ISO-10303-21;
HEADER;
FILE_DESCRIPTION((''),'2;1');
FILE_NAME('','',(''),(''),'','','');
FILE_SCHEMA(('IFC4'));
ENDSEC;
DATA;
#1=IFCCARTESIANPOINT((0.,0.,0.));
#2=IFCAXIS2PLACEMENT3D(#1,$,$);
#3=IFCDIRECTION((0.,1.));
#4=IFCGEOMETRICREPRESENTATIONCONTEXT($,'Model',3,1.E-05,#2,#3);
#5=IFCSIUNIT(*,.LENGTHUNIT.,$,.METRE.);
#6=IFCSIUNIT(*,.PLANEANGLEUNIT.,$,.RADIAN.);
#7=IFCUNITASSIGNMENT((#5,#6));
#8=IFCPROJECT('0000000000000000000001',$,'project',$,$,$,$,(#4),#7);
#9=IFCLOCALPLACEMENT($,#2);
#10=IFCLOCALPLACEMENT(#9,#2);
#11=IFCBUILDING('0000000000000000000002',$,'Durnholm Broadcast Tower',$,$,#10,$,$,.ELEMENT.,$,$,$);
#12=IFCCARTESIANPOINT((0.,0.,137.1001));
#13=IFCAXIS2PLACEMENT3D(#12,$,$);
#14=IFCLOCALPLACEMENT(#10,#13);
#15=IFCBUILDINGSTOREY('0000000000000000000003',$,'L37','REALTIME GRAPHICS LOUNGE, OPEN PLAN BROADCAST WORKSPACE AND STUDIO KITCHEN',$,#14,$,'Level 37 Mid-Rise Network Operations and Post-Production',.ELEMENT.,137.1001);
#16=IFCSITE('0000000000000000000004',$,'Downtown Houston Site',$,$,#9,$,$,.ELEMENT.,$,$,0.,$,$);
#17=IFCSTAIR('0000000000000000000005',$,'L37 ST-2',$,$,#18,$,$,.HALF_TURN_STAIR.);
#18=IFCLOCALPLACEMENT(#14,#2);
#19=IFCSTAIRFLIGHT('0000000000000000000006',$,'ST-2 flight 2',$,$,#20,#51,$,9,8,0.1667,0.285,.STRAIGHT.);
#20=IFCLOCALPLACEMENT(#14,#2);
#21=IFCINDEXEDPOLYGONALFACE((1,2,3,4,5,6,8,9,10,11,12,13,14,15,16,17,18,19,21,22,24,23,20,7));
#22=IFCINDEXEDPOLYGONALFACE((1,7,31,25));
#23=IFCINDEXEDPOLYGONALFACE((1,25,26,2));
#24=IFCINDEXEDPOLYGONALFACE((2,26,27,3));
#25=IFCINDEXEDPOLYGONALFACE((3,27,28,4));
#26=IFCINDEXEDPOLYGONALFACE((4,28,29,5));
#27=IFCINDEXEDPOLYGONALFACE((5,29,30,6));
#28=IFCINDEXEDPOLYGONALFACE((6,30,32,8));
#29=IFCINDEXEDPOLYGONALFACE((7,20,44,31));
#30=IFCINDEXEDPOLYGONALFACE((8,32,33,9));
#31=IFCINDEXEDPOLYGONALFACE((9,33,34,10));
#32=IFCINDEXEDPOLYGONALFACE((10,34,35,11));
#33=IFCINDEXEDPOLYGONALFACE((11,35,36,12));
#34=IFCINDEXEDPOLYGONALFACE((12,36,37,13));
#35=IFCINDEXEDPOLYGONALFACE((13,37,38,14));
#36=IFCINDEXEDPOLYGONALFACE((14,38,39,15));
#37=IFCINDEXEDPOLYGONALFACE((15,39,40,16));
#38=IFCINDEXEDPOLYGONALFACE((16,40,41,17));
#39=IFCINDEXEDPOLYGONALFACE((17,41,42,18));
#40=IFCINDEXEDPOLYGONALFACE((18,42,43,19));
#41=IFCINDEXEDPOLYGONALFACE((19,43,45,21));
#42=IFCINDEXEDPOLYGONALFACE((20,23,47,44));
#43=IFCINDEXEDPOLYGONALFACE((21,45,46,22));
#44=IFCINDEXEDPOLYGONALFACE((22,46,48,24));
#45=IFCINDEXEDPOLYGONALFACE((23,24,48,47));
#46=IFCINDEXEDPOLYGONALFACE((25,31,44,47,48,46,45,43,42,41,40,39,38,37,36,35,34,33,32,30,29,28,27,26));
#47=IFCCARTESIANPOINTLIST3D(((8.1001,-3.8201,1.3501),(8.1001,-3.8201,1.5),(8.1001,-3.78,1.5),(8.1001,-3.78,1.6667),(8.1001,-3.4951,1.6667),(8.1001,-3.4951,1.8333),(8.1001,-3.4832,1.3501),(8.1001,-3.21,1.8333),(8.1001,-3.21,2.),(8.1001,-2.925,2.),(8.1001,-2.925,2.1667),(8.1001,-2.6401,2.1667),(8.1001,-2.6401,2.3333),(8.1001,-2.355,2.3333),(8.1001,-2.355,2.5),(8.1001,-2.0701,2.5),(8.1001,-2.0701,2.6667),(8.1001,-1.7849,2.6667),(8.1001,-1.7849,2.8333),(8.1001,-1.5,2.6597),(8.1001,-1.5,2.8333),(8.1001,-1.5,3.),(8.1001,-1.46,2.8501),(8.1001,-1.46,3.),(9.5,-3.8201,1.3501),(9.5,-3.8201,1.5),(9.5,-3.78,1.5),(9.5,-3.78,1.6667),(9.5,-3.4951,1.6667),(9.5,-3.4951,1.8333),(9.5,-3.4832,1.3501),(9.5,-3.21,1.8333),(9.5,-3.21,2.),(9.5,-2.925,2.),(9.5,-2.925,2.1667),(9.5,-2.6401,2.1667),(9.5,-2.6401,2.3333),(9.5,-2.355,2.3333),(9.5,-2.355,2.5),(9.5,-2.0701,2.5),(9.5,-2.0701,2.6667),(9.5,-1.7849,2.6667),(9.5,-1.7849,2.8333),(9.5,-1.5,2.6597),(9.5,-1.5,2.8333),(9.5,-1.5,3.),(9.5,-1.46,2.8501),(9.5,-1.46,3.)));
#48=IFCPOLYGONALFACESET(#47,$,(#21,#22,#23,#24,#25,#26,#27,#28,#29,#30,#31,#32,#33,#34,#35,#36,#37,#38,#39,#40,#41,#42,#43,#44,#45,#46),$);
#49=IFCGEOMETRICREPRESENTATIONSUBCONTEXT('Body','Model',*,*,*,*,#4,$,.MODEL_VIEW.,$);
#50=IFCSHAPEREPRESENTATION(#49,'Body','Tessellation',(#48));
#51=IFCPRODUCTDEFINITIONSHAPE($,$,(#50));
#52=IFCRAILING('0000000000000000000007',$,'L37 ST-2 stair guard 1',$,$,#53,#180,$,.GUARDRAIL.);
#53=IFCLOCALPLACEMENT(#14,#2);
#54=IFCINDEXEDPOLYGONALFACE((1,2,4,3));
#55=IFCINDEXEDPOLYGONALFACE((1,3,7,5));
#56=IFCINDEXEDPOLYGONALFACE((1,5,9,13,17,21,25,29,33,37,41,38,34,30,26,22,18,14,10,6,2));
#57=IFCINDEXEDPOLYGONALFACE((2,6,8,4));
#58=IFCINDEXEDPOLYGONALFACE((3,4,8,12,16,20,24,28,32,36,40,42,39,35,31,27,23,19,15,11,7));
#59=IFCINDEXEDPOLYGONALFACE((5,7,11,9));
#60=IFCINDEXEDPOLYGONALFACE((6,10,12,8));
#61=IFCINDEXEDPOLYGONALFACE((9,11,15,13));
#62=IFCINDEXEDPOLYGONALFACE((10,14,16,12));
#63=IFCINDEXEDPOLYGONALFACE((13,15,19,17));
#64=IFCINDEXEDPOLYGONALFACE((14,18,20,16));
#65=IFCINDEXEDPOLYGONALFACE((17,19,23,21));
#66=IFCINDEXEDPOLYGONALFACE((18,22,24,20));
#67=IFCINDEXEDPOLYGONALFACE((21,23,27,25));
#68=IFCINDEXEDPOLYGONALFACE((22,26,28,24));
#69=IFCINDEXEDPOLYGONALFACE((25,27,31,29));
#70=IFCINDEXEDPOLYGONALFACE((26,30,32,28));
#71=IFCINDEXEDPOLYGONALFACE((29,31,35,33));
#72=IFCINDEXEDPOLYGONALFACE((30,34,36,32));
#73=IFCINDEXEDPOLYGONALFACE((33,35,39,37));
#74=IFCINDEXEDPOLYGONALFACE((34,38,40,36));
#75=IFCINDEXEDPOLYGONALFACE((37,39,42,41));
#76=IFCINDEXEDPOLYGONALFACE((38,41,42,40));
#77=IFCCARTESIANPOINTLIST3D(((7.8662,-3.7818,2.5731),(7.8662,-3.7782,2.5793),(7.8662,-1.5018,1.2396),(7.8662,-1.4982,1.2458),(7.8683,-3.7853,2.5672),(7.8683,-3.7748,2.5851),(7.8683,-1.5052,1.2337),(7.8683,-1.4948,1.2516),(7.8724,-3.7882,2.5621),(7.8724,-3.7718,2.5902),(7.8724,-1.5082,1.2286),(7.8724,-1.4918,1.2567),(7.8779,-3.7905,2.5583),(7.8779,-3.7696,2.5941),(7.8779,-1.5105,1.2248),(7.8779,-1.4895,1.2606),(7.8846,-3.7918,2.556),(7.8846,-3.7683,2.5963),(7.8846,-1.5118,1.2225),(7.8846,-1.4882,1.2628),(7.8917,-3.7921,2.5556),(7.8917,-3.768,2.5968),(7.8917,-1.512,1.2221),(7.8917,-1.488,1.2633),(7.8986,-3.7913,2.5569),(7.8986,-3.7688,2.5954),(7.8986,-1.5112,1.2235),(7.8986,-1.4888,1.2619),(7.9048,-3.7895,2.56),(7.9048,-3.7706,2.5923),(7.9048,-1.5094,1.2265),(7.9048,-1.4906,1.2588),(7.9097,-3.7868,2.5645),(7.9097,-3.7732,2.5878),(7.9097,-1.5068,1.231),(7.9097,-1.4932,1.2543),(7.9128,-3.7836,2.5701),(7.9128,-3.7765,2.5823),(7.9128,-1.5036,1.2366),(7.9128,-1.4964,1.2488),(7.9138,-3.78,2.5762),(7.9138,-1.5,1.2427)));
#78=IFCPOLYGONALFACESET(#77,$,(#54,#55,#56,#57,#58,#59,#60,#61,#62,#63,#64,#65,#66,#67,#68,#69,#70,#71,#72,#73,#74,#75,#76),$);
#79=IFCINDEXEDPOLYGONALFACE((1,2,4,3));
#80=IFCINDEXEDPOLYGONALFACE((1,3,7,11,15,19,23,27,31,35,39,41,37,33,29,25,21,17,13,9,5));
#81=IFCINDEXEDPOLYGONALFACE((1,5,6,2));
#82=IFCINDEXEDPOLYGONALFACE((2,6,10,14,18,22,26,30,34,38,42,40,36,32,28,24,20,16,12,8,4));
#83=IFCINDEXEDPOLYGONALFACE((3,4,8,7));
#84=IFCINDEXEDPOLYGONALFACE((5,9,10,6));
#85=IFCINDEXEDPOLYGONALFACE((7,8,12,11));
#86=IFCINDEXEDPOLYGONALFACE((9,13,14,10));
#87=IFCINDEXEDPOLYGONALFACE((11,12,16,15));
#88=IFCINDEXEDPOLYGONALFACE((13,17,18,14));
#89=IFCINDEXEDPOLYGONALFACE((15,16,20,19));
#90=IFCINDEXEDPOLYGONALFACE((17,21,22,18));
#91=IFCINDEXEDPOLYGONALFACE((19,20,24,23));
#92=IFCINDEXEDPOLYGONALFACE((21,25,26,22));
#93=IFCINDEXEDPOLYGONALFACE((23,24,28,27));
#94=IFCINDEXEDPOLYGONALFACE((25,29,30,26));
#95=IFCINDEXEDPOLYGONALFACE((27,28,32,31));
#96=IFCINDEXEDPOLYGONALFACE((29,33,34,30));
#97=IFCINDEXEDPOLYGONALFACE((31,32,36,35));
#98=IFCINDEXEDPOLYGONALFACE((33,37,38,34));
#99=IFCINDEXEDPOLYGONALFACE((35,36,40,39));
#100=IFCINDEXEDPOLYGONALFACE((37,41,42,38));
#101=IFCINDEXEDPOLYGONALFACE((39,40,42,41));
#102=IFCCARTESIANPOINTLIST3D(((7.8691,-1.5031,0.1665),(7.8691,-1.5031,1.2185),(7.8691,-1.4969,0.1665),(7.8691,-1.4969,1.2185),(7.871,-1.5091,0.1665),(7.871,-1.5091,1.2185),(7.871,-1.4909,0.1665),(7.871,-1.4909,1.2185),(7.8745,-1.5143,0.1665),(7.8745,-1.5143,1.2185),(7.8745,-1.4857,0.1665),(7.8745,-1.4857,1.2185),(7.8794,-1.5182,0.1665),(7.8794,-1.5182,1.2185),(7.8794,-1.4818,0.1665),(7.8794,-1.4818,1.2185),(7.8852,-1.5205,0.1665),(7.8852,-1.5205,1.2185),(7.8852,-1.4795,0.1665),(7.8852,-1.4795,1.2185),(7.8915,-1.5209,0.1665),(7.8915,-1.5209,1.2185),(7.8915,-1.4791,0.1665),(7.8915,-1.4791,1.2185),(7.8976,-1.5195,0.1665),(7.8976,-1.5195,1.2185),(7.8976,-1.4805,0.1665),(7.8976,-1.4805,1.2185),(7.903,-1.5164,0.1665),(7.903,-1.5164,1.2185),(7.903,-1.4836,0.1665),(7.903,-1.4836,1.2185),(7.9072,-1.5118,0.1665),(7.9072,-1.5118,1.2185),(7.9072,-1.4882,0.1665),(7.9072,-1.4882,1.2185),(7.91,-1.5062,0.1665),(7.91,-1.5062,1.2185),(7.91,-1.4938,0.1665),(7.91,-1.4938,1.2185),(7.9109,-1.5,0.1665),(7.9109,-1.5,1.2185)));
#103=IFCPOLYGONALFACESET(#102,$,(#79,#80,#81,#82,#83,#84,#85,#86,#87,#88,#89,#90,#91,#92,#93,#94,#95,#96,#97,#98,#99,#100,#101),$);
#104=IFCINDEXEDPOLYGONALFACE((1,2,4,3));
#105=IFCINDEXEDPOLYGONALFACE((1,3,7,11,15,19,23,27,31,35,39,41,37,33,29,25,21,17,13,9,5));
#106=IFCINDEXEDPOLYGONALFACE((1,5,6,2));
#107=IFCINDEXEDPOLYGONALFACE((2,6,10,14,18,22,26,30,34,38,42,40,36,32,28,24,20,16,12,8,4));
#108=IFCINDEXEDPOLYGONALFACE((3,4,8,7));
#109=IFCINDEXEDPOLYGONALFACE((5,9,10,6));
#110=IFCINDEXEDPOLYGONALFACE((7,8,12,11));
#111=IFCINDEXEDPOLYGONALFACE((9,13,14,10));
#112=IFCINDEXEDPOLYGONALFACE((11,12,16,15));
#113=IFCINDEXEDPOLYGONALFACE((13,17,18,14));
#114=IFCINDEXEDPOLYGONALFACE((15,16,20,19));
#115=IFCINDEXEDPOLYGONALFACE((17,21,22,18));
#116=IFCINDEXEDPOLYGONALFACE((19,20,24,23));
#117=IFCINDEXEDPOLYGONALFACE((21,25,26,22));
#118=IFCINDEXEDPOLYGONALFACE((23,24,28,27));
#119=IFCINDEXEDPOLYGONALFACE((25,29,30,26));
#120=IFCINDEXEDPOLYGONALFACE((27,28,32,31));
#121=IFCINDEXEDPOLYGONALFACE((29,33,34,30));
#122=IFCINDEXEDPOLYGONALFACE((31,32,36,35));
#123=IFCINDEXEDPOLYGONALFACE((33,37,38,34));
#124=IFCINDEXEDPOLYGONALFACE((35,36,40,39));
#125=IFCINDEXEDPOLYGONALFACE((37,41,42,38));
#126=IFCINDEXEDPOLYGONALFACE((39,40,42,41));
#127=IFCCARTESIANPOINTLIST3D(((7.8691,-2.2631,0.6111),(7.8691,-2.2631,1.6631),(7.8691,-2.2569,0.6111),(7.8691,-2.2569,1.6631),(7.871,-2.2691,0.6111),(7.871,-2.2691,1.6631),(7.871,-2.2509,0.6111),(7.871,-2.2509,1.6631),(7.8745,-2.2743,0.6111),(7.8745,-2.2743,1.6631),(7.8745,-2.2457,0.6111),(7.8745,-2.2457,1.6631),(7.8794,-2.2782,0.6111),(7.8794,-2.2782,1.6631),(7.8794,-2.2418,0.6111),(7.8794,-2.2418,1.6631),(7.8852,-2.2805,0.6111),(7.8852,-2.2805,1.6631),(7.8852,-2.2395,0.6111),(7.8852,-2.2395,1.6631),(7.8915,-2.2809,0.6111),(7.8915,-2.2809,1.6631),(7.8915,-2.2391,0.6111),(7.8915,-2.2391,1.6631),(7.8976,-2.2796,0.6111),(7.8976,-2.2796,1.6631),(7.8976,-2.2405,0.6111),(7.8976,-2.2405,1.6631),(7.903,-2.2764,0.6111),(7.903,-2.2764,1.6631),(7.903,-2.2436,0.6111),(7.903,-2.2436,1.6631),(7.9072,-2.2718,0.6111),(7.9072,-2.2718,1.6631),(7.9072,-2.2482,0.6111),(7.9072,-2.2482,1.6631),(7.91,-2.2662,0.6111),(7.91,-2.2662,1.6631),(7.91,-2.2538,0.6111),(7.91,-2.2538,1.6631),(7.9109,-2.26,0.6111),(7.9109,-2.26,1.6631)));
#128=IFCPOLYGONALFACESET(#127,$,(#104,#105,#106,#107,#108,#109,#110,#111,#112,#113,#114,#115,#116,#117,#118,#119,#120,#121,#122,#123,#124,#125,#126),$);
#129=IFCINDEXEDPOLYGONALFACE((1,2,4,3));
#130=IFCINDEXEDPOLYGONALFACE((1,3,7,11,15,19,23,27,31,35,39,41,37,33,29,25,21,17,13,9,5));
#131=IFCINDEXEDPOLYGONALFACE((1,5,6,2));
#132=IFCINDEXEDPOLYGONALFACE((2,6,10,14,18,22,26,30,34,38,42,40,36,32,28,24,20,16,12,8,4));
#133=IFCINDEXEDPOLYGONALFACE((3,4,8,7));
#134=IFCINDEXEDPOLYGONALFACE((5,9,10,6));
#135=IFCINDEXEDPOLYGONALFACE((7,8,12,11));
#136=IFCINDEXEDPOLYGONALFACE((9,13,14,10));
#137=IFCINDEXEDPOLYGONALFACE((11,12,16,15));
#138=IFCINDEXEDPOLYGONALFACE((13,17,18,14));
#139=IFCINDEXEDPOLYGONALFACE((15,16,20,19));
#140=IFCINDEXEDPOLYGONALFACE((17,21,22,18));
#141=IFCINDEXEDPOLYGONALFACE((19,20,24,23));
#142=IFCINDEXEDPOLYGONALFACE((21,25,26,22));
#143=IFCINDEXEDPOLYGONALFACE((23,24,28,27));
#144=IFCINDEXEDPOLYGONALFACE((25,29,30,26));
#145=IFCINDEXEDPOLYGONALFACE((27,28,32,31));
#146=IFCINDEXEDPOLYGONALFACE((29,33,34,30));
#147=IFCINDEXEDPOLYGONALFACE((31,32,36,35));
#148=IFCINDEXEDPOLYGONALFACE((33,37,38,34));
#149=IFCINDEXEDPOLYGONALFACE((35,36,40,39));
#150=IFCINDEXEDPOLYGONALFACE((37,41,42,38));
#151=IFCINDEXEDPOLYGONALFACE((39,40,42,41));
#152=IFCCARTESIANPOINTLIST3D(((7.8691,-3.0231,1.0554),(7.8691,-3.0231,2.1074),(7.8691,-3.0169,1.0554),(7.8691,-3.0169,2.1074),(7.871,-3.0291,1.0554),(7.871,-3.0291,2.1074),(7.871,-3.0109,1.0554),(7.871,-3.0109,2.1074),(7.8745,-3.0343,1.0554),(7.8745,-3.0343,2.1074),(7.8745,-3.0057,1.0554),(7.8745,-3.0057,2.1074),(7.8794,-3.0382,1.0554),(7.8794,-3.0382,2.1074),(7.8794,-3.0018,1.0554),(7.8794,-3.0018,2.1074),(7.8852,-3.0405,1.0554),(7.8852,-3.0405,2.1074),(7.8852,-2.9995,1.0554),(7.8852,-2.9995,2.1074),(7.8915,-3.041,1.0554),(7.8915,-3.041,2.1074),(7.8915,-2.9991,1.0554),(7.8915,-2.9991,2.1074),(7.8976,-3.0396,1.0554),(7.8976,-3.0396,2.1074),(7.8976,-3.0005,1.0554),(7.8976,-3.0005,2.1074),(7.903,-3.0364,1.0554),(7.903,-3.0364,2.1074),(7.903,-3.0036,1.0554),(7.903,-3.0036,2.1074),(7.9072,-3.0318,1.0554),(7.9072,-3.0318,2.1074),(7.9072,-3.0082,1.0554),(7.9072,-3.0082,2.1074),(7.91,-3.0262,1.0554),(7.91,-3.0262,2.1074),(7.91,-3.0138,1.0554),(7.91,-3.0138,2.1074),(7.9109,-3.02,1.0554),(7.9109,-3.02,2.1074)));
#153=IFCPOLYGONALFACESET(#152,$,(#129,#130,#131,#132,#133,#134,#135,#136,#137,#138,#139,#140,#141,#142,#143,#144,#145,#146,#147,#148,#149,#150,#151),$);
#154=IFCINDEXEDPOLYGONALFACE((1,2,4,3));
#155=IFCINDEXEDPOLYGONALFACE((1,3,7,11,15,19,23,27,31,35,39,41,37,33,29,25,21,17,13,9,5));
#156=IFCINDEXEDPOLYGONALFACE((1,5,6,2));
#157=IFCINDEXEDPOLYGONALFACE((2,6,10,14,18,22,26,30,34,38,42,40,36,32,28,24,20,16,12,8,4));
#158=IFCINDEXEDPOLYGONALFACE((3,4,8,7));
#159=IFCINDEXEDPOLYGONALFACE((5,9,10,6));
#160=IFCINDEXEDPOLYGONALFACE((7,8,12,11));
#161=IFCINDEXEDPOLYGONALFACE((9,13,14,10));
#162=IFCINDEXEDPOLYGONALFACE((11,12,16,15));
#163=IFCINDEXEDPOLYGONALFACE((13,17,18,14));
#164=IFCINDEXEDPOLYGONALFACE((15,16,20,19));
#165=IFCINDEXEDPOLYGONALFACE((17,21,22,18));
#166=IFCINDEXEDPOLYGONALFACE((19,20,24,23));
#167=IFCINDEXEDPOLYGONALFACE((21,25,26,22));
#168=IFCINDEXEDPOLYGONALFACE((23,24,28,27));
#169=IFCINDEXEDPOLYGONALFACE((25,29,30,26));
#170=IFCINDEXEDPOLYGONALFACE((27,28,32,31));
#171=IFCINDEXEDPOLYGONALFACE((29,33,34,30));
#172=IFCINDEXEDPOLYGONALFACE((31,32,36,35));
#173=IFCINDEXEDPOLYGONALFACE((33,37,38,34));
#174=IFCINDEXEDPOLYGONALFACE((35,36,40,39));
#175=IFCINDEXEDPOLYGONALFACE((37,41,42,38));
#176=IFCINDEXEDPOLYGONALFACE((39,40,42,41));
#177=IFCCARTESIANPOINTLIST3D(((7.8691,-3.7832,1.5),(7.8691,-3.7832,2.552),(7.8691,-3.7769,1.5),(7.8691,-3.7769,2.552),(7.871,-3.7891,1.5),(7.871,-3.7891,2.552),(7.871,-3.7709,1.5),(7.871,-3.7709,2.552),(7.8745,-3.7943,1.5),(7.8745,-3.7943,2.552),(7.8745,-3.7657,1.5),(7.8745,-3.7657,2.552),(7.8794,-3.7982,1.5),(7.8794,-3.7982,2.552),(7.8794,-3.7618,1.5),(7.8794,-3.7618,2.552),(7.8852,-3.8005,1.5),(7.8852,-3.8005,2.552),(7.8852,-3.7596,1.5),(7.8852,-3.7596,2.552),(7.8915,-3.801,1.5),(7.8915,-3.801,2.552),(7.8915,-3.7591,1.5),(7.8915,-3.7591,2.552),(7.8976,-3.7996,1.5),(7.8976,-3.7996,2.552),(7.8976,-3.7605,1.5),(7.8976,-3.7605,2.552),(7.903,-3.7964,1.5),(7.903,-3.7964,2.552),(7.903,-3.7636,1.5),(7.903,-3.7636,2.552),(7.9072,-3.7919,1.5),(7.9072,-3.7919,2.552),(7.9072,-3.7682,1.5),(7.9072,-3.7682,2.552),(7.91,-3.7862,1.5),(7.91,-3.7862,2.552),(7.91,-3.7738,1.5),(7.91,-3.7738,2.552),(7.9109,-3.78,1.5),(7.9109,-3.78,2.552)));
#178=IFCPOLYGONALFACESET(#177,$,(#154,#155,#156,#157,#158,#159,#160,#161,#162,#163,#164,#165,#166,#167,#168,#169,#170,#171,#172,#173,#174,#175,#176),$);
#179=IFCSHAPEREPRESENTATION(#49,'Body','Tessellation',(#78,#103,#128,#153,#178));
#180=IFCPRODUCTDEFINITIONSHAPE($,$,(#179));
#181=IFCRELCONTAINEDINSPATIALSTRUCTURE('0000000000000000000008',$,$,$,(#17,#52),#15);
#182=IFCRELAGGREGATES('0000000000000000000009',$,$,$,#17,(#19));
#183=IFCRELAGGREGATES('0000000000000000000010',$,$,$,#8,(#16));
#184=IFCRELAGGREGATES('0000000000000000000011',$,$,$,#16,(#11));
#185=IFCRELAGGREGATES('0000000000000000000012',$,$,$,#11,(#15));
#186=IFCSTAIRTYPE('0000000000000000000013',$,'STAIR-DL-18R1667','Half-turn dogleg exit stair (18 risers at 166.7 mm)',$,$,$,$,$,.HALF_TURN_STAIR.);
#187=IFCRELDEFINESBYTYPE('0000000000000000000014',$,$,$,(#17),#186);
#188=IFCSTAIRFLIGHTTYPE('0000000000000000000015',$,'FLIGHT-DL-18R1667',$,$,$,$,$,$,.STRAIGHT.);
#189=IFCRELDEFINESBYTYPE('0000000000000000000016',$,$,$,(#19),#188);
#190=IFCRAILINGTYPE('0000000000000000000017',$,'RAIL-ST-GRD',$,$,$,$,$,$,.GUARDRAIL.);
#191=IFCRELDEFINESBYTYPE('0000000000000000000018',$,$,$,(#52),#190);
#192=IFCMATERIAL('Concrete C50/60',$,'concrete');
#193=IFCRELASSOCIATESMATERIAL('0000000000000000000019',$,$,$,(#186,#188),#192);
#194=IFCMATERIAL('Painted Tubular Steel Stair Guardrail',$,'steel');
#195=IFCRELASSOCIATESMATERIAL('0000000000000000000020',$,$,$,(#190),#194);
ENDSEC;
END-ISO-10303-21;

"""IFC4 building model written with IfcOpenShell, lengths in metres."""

from ifc_helpers import new_model, si_unit, direction, frame, origin, origin_2d, place, context, subcontext, project, spatial, polyline, circle, outline, extrude, material, type_object, element, aggregate, save


model = new_model("IFC4")

# Units and contexts
model_context = context("Model", 3, precision=1e-05, world=origin(), true_north=direction((0.0, 1.0)))
body_context = subcontext(model_context, "Body", "Model", "MODEL_VIEW")
ifc_project = project(units=[si_unit("LENGTHUNIT", "METRE"), si_unit("PLANEANGLEUNIT", "RADIAN")], contexts=[model_context])

# Site, building, storey
site_placement = place(None, origin())
site = spatial("IfcSite", under=ifc_project, at=site_placement, Name="Downtown Houston Site", CompositionType="ELEMENT", RefElevation=0.0)
building_placement = place(site_placement, origin())
building = spatial("IfcBuilding", under=site, at=building_placement, Name="Durnholm Broadcast Tower", CompositionType="ELEMENT")
storey_placement = place(building_placement, frame((0.0, 0.0, 137.1001)))
storey = spatial("IfcBuildingStorey", under=building, at=storey_placement, Name="L37", Description="REALTIME GRAPHICS LOUNGE, OPEN PLAN BROADCAST WORKSPACE AND STUDIO KITCHEN", LongName="Level 37 Mid-Rise Network Operations and Post-Production", CompositionType="ELEMENT", Elevation=137.1001)

# Shared definitions
ifc_material_1 = material(Name="Concrete C50/60", Category="concrete")

# Stair, stair flight
stair_type = type_object("IfcStairType", Name="STAIR-DL-18R1667", Description="Half-turn dogleg exit stair (18 risers at 166.7 mm)", PredefinedType="HALF_TURN_STAIR", material=ifc_material_1)
stair_placement = place(storey_placement, origin())
stair = element("IfcStair", 1, at=stair_placement, inside=storey, type_object=stair_type, Name="L37 ST-2", PredefinedType="HALF_TURN_STAIR")
stair_flight_type = type_object("IfcStairFlightType", Name="FLIGHT-DL-18R1667", PredefinedType="STRAIGHT", material=ifc_material_1)
stair_flight_1_placement = place(storey_placement, frame((8.8, -3.78, 1.5), z_axis=(0.0, 0.0, 1.0), x_axis=(0.0, 1.0, 0.0)))
stair_flight_1 = element("IfcStairFlight", 2, at=stair_flight_1_placement, type_object=stair_flight_type, Name="ST-2 flight 2", NumberOfRisers=9, NumberOfTreads=8, PredefinedType="STRAIGHT", RiserHeight=0.1667, TreadLength=0.285, context=body_context, shape_type="SweptSolid", body=[
    extrude(outline(polyline([(-0.04, -0.1499), (-0.04, 0.0), (0.0, 0.0), (0.0, 0.1667), (0.2849, 0.1667), (0.2849, 0.3333), (0.5701, 0.3333), (0.5701, 0.5), (0.855, 0.5), (0.855, 0.6667), (1.1399, 0.6667), (1.1399, 0.8333), (1.425, 0.8333), (1.425, 1.0), (1.71, 1.0), (1.71, 1.1667), (1.9951, 1.1667), (1.9951, 1.3333), (2.28, 1.3333), (2.28, 1.5), (2.3201, 1.5), (2.3201, 1.3501), (2.28, 1.1597), (0.2969, -0.1499), (-0.04, -0.1499)])), frame((0.0, 0.7, 0.0), z_axis=(0.0, -1.0, 0.0), x_axis=(1.0, 0.0, 0.0)), (0.0, 0.0, 1.0), 1.3999),
])
aggregate(stair, [stair_flight_1])

# Railing
ifc_material_2 = material(Name="Painted Tubular Steel Stair Guardrail", Category="steel")
railing_type_1 = type_object("IfcRailingType", Name="RAIL-ST-GRD", PredefinedType="GUARDRAIL", material=ifc_material_2)
railing_1_placement = place(storey_placement, frame((7.8899, -1.5, 0.1665)))
element("IfcRailing", 3, at=railing_1_placement, inside=storey, type_object=railing_type_1, Name="L37 ST-2 stair guard 1", PredefinedType="GUARDRAIL", context=body_context, shape_type="SweptSolid", body=[
    extrude(circle(Radius=0.0239, at=origin_2d()), frame((0.0, 0.0, 1.0762), z_axis=(0.0, -0.863205, 0.504853), x_axis=(1.0, 0.0, 0.0)), (0.0, 0.0, 1.0), 2.6414),
    extrude(circle(Radius=0.021, at=origin_2d()), origin(), (0.0, 0.0, 1.0), 1.052),
    extrude(circle(Radius=0.021, at=origin_2d()), frame((0.0, -0.76, 0.4446)), (0.0, 0.0, 1.0), 1.052),
    extrude(circle(Radius=0.021, at=origin_2d()), frame((0.0, -1.52, 0.8889)), (0.0, 0.0, 1.0), 1.052),
    extrude(circle(Radius=0.021, at=origin_2d()), frame((0.0, -2.28, 1.3335)), (0.0, 0.0, 1.0), 1.052),
])

save(model, "model.ifc")
